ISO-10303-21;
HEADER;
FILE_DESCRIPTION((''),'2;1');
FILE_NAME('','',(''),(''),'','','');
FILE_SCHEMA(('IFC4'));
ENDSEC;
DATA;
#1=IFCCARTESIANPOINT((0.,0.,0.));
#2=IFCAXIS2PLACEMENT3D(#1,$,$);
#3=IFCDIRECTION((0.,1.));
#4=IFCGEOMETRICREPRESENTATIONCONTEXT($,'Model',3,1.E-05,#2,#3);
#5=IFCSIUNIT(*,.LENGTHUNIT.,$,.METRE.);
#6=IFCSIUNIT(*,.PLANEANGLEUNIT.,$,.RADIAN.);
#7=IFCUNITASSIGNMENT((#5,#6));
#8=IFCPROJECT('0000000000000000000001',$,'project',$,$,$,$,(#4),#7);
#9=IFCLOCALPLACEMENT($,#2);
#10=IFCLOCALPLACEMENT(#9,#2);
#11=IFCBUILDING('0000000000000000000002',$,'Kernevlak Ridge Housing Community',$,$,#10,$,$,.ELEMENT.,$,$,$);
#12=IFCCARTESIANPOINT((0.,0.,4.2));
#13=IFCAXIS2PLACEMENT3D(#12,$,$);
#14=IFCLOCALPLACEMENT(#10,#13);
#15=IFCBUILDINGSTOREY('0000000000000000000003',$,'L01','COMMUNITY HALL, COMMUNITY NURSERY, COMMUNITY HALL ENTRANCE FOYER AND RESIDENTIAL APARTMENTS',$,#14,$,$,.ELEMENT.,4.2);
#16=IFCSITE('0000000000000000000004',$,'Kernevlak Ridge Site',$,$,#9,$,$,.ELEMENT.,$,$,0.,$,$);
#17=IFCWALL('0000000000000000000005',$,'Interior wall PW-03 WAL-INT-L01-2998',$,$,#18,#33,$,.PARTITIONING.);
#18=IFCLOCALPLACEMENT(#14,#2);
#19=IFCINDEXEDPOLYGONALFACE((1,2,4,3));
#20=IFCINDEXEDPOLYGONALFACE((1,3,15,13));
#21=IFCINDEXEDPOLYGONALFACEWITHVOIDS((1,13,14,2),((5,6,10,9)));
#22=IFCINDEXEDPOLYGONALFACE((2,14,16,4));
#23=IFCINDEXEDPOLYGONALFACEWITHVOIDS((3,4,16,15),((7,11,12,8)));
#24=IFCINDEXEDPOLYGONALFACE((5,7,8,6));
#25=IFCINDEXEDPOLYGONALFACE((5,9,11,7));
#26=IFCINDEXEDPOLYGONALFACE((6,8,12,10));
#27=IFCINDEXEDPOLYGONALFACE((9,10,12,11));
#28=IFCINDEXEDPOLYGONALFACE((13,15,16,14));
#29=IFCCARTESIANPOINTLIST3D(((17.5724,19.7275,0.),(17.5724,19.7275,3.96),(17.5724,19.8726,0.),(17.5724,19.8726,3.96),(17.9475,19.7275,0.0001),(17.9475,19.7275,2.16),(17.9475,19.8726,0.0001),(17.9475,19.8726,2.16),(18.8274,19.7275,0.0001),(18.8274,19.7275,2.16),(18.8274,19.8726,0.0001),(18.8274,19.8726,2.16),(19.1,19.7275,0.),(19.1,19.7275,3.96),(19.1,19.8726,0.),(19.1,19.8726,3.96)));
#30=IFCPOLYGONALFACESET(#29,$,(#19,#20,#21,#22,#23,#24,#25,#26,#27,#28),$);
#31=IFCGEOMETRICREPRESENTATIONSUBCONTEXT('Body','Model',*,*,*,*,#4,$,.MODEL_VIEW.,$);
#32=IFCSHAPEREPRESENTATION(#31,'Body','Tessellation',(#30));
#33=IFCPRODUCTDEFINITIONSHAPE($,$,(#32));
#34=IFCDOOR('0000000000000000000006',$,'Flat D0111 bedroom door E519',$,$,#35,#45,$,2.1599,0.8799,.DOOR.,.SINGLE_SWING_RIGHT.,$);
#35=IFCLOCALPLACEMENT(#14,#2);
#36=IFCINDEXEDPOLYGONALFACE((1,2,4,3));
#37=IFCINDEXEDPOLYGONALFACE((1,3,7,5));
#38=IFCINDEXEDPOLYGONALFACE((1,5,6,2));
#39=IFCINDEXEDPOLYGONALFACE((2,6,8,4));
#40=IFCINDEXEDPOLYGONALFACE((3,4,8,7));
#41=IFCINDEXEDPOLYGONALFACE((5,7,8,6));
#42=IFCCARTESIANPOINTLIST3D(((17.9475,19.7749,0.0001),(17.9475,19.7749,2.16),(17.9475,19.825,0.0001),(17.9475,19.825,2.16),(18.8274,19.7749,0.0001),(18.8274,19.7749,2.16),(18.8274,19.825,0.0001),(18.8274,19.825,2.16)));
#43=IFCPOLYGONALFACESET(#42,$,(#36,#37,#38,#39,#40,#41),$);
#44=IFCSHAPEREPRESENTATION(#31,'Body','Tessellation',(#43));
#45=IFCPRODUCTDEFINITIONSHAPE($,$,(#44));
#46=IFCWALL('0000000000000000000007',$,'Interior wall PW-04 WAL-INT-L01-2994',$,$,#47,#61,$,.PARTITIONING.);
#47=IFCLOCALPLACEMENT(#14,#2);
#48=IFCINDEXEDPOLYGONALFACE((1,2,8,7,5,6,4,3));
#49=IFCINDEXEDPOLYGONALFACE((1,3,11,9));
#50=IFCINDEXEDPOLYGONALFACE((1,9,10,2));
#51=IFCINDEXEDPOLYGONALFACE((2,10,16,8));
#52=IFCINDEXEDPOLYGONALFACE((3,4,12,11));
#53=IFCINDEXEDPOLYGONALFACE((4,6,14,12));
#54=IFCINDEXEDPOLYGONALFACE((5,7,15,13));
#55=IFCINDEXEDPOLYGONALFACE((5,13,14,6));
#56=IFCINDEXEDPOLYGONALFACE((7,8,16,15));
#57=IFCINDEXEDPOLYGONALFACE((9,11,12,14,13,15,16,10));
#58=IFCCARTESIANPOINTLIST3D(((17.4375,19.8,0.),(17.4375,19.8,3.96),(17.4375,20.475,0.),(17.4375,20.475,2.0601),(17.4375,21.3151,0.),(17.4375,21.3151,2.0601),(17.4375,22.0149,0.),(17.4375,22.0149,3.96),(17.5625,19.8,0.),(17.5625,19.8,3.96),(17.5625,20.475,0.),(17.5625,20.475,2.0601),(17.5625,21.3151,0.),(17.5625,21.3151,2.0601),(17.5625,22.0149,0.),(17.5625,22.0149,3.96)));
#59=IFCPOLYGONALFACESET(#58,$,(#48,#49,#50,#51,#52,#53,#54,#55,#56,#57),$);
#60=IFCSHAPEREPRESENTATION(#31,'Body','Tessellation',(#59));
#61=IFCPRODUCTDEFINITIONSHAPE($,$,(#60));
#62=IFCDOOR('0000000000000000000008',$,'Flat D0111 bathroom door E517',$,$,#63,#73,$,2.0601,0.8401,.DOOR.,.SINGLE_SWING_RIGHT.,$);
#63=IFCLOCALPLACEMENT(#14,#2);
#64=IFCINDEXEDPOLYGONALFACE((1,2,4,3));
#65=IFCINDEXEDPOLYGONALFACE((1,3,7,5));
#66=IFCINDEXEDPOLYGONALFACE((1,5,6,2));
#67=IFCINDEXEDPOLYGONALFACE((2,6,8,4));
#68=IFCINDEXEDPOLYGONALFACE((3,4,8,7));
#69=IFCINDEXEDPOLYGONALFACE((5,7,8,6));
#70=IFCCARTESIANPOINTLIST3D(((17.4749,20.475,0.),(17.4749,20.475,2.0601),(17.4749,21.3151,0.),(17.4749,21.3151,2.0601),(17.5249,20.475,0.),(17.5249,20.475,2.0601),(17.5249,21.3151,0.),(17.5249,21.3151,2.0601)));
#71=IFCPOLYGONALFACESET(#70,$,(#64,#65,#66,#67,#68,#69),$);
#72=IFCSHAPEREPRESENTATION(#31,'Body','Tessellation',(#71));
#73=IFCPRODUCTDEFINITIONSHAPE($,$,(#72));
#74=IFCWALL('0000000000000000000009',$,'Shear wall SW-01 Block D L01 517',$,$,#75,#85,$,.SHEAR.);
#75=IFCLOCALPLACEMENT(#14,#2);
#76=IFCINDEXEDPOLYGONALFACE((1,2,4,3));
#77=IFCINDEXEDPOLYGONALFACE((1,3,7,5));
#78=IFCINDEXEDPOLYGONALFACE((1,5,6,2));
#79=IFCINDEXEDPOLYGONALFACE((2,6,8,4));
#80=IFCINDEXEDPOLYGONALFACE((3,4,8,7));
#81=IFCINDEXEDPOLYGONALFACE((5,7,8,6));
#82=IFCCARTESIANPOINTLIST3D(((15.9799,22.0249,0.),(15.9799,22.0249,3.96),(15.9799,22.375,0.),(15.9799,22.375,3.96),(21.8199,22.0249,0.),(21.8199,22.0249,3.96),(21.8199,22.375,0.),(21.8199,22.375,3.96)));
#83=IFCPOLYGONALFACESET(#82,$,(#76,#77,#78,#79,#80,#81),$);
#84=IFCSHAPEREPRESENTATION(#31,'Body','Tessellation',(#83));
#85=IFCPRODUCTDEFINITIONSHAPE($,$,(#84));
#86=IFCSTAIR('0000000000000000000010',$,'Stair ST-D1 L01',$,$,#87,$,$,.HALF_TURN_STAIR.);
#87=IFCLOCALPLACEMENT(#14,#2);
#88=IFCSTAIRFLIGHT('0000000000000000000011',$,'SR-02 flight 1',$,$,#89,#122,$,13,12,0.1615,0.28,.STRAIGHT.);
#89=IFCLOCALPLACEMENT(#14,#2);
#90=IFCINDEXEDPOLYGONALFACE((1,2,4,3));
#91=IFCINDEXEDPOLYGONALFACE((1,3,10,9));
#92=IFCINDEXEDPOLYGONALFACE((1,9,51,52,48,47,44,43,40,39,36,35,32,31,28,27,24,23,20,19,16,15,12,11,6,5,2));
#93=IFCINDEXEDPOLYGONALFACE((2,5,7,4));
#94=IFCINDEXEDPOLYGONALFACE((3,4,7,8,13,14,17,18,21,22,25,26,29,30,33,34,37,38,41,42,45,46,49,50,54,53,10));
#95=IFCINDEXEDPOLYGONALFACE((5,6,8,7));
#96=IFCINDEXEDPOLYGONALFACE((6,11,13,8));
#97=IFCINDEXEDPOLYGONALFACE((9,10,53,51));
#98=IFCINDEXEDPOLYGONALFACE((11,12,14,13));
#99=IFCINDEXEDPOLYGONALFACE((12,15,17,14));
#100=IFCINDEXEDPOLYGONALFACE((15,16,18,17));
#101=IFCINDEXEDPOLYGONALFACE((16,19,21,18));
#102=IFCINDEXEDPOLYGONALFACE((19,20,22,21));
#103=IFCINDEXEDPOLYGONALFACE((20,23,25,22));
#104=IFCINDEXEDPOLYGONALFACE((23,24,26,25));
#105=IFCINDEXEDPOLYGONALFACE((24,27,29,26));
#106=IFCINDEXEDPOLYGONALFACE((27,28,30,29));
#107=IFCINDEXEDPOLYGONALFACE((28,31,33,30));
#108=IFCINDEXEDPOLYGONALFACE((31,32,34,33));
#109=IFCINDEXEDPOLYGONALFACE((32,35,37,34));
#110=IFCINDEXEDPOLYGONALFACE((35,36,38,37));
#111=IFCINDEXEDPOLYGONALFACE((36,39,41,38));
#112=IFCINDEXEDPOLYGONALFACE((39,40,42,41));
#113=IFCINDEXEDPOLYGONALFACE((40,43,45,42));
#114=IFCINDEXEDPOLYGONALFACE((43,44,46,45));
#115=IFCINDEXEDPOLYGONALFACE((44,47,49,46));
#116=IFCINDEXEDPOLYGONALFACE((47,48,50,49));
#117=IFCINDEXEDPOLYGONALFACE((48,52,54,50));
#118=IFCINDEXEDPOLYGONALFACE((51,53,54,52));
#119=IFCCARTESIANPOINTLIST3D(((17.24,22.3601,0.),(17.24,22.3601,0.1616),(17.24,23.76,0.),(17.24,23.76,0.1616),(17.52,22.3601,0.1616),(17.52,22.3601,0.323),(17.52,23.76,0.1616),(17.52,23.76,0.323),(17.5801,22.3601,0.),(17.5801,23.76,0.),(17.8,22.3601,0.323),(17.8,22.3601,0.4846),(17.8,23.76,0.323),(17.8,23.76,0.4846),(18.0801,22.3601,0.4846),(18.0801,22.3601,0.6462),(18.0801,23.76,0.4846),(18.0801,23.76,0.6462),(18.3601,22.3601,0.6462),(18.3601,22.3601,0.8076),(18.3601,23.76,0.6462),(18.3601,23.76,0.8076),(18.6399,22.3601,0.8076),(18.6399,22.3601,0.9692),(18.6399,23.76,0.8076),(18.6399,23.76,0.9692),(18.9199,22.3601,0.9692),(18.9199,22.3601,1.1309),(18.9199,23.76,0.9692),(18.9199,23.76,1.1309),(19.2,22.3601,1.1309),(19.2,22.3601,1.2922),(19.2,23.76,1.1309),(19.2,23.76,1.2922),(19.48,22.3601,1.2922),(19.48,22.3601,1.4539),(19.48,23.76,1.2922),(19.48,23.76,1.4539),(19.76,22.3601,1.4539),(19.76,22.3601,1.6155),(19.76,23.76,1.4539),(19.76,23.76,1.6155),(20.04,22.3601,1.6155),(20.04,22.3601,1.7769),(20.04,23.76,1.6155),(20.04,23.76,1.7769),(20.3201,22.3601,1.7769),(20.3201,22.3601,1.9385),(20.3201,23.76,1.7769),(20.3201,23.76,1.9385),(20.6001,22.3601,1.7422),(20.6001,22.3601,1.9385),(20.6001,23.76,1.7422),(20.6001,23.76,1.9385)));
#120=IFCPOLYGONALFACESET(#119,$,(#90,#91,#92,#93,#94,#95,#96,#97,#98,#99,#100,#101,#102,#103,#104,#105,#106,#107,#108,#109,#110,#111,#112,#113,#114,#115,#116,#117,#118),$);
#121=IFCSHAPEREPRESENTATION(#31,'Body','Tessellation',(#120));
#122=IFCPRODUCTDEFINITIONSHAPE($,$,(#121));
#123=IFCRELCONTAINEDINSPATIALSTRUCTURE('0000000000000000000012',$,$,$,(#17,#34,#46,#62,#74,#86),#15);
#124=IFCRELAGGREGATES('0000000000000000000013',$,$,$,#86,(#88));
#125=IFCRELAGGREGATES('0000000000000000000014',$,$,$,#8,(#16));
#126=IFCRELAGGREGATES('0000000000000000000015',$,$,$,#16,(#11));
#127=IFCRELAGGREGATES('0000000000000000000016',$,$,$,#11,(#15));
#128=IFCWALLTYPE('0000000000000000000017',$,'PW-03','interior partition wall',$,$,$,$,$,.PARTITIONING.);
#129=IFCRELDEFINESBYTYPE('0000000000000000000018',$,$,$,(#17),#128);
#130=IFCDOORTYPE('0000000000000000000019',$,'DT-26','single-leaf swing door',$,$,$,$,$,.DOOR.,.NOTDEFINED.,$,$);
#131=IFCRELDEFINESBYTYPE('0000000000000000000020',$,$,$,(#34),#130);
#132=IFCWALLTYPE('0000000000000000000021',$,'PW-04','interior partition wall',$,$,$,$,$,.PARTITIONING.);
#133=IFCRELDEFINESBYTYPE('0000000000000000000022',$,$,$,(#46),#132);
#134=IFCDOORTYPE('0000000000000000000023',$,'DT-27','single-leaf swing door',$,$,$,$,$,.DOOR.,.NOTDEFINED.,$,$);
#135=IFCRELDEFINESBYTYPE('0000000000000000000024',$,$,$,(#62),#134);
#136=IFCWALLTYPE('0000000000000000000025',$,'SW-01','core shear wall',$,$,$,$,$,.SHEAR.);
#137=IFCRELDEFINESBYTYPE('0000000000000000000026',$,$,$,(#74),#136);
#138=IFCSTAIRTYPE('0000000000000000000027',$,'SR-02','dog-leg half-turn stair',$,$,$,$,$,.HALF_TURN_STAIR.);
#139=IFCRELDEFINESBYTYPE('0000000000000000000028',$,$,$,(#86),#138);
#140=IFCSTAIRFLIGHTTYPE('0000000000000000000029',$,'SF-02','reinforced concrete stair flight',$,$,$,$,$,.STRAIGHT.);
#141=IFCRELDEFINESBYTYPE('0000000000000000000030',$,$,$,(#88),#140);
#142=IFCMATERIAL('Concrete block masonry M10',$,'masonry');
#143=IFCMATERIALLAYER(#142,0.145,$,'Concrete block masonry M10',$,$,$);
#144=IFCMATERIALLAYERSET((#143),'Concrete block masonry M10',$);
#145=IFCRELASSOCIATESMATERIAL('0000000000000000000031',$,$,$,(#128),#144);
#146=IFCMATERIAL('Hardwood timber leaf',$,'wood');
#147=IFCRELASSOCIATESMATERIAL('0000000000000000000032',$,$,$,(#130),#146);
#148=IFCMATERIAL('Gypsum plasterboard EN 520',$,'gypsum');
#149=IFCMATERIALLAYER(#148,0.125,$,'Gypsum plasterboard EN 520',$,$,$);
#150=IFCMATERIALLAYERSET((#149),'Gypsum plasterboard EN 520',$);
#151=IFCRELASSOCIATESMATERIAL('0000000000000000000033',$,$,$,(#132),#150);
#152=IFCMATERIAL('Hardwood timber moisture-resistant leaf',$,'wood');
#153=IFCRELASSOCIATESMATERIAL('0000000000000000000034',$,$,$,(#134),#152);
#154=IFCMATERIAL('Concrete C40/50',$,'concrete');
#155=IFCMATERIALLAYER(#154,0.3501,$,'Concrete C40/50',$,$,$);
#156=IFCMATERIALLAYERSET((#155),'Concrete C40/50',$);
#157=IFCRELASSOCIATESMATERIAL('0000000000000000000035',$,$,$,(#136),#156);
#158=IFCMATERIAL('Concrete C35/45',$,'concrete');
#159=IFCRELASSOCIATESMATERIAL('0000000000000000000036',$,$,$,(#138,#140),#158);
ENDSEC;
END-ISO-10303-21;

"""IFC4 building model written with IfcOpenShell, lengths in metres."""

from ifc_helpers import new_model, si_unit, direction, frame, frame_2d, origin, place, context, subcontext, project, spatial, polyline, rectangle, outline, extrude, material, layer, layer_set, type_object, element, fill, aggregate, save


model = new_model("IFC4")

# Units and contexts
model_context = context("Model", 3, precision=1e-05, world=origin(), true_north=direction((0.0, 1.0)))
body_context = subcontext(model_context, "Body", "Model", "MODEL_VIEW")
ifc_project = project(units=[si_unit("LENGTHUNIT", "METRE"), si_unit("PLANEANGLEUNIT", "RADIAN")], contexts=[model_context])

# Site, building, storey
site_placement = place(None, origin())
site = spatial("IfcSite", under=ifc_project, at=site_placement, Name="Kernevlak Ridge Site", CompositionType="ELEMENT", RefElevation=0.0)
building_placement = place(site_placement, origin())
building = spatial("IfcBuilding", under=site, at=building_placement, Name="Kernevlak Ridge Housing Community", CompositionType="ELEMENT")
storey_placement = place(building_placement, frame((0.0, 0.0, 4.2)))
storey = spatial("IfcBuildingStorey", under=building, at=storey_placement, Name="L01", Description="COMMUNITY HALL, COMMUNITY NURSERY, COMMUNITY HALL ENTRANCE FOYER AND RESIDENTIAL APARTMENTS", CompositionType="ELEMENT", Elevation=4.2)

# Shared definitions
ifc_material_1 = material(Name="Concrete C35/45", Category="concrete")

# Walls, openings, doors
ifc_material_2 = material(Name="Concrete block masonry M10", Category="masonry")
ifc_layer_1 = layer(ifc_material_2, 0.145, Name="Concrete block masonry M10")
ifc_layer_set_1 = layer_set([ifc_layer_1], Name="Concrete block masonry M10")
wall_type_1 = type_object("IfcWallType", Name="PW-03", Description="interior partition wall", PredefinedType="PARTITIONING", material=ifc_layer_set_1)
wall_1_placement = place(storey_placement, frame((17.5725, 19.8, 0.0), z_axis=(0.0, 0.0, 1.0), x_axis=(1.0, 0.0, 0.0)))
wall_1 = element("IfcWall", 1, at=wall_1_placement, inside=storey, type_object=wall_type_1, Name="Interior wall PW-03 WAL-INT-L01-2998", PredefinedType="PARTITIONING", context=body_context, shape_type="SweptSolid", body=[
    extrude(rectangle(XDim=1.5276, YDim=0.145, at=frame_2d((0.7637, 0.0))), origin(), (0.0, 0.0, 1.0), 3.96),
])
opening_1_placement = place(wall_1_placement, frame((0.375, 0.0, 0.0)))
opening_1 = element("IfcOpeningElement", 2, at=opening_1_placement, cuts=wall_1, PredefinedType="OPENING", context=body_context, shape_type="SweptSolid", body=[
    extrude(rectangle(XDim=0.8799, YDim=2.1599, at=frame_2d((0.4399, 1.0801))), frame((0.0, 0.0825, 0.0), z_axis=(0.0, -1.0, 0.0), x_axis=(1.0, 0.0, 0.0)), (0.0, 0.0, 1.0), 0.165),
])
ifc_material_3 = material(Name="Hardwood timber leaf", Category="wood")
door_type_1 = type_object("IfcDoorType", Name="DT-26", Description="single-leaf swing door", OperationType="NOTDEFINED", PredefinedType="DOOR", material=ifc_material_3)
door_1_placement = place(opening_1_placement, origin())
door_1 = element("IfcDoor", 3, at=door_1_placement, inside=storey, type_object=door_type_1, Name="Flat D0111 bedroom door E519", OperationType="SINGLE_SWING_RIGHT", OverallHeight=2.1599, OverallWidth=0.8799, PredefinedType="DOOR", context=body_context, shape_type="SweptSolid", body=[
    extrude(rectangle(XDim=0.8799, YDim=2.1599, at=frame_2d((0.4399, 1.0801))), frame((0.0, 0.0249, 0.0), z_axis=(0.0, -1.0, 0.0), x_axis=(1.0, 0.0, 0.0)), (0.0, 0.0, 1.0), 0.05),
])
fill(opening_1, door_1)
ifc_material_4 = material(Name="Gypsum plasterboard EN 520", Category="gypsum")
ifc_layer_2 = layer(ifc_material_4, 0.125, Name="Gypsum plasterboard EN 520")
ifc_layer_set_2 = layer_set([ifc_layer_2], Name="Gypsum plasterboard EN 520")
wall_type_2 = type_object("IfcWallType", Name="PW-04", Description="interior partition wall", PredefinedType="PARTITIONING", material=ifc_layer_set_2)
wall_2_placement = place(storey_placement, frame((17.5, 22.0149, 0.0), z_axis=(0.0, 0.0, 1.0), x_axis=(0.0, -1.0, 0.0)))
wall_2 = element("IfcWall", 4, at=wall_2_placement, inside=storey, type_object=wall_type_2, Name="Interior wall PW-04 WAL-INT-L01-2994", PredefinedType="PARTITIONING", context=body_context, shape_type="SweptSolid", body=[
    extrude(rectangle(XDim=2.2148, YDim=0.125, at=frame_2d((1.1074, 0.0))), origin(), (0.0, 0.0, 1.0), 3.96),
])
opening_2_placement = place(wall_2_placement, frame((0.7, 0.0, 0.0)))
opening_2 = element("IfcOpeningElement", 5, at=opening_2_placement, cuts=wall_2, PredefinedType="OPENING", context=body_context, shape_type="SweptSolid", body=[
    extrude(rectangle(XDim=0.8401, YDim=2.0601, at=frame_2d((0.4199, 1.03))), frame((0.0, 0.0725, 0.0), z_axis=(0.0, -1.0, 0.0), x_axis=(1.0, 0.0, 0.0)), (0.0, 0.0, 1.0), 0.145),
])
ifc_material_5 = material(Name="Hardwood timber moisture-resistant leaf", Category="wood")
door_type_2 = type_object("IfcDoorType", Name="DT-27", Description="single-leaf swing door", OperationType="NOTDEFINED", PredefinedType="DOOR", material=ifc_material_5)
door_2_placement = place(opening_2_placement, origin())
door_2 = element("IfcDoor", 6, at=door_2_placement, inside=storey, type_object=door_type_2, Name="Flat D0111 bathroom door E517", OperationType="SINGLE_SWING_RIGHT", OverallHeight=2.0601, OverallWidth=0.8401, PredefinedType="DOOR", context=body_context, shape_type="SweptSolid", body=[
    extrude(rectangle(XDim=0.8401, YDim=2.0601, at=frame_2d((0.4199, 1.03))), frame((0.0, 0.0249, 0.0), z_axis=(0.0, -1.0, 0.0), x_axis=(1.0, 0.0, 0.0)), (0.0, 0.0, 1.0), 0.05),
])
fill(opening_2, door_2)

# Wall
ifc_material_6 = material(Name="Concrete C40/50", Category="concrete")
ifc_layer_3 = layer(ifc_material_6, 0.3501, Name="Concrete C40/50")
ifc_layer_set_3 = layer_set([ifc_layer_3], Name="Concrete C40/50")
wall_type_3 = type_object("IfcWallType", Name="SW-01", Description="core shear wall", PredefinedType="SHEAR", material=ifc_layer_set_3)
wall_3_placement = place(storey_placement, frame((15.98, 22.2, 0.0), z_axis=(0.0, 0.0, 1.0), x_axis=(1.0, 0.0, 0.0)))
element("IfcWall", 7, at=wall_3_placement, inside=storey, type_object=wall_type_3, Name="Shear wall SW-01 Block D L01 517", PredefinedType="SHEAR", context=body_context, shape_type="SweptSolid", body=[
    extrude(rectangle(XDim=5.8401, YDim=0.3501, at=frame_2d((2.9199, 0.0))), origin(), (0.0, 0.0, 1.0), 3.96),
])

# Stair, stair flight
stair_type = type_object("IfcStairType", Name="SR-02", Description="dog-leg half-turn stair", PredefinedType="HALF_TURN_STAIR", material=ifc_material_1)
stair_placement = place(storey_placement, origin())
stair = element("IfcStair", 8, at=stair_placement, inside=storey, type_object=stair_type, Name="Stair ST-D1 L01", PredefinedType="HALF_TURN_STAIR")
stair_flight_type = type_object("IfcStairFlightType", Name="SF-02", Description="reinforced concrete stair flight", PredefinedType="STRAIGHT", material=ifc_material_1)
stair_flight_placement = place(storey_placement, frame((17.24, 23.0601, 0.0), z_axis=(0.0, 0.0, 1.0), x_axis=(1.0, 0.0, 0.0)))
stair_flight = element("IfcStairFlight", 9, at=stair_flight_placement, type_object=stair_flight_type, Name="SR-02 flight 1", NumberOfRisers=13, NumberOfTreads=12, PredefinedType="STRAIGHT", RiserHeight=0.1615, TreadLength=0.28, context=body_context, shape_type="SweptSolid", body=[
    extrude(outline(polyline([(0.0, 0.0), (0.0, 0.1616), (0.28, 0.1616), (0.28, 0.323), (0.5601, 0.323), (0.5601, 0.4846), (0.8401, 0.4846), (0.8401, 0.6462), (1.1201, 0.6462), (1.1201, 0.8076), (1.3999, 0.8076), (1.3999, 0.9692), (1.6799, 0.9692), (1.6799, 1.1309), (1.96, 1.1309), (1.96, 1.2922), (2.24, 1.2922), (2.24, 1.4539), (2.52, 1.4539), (2.52, 1.6155), (2.8, 1.6155), (2.8, 1.7769), (3.0801, 1.7769), (3.0801, 1.9385), (3.3601, 1.9385), (3.3601, 2.1001), (3.3601, 1.7422), (0.3401, 0.0), (0.0, 0.0)])), frame((0.0, 0.7, 0.0), z_axis=(0.0, -1.0, 0.0), x_axis=(1.0, 0.0, 0.0)), (0.0, 0.0, 1.0), 1.3999),
])
aggregate(stair, [stair_flight])

save(model, "model.ifc")
